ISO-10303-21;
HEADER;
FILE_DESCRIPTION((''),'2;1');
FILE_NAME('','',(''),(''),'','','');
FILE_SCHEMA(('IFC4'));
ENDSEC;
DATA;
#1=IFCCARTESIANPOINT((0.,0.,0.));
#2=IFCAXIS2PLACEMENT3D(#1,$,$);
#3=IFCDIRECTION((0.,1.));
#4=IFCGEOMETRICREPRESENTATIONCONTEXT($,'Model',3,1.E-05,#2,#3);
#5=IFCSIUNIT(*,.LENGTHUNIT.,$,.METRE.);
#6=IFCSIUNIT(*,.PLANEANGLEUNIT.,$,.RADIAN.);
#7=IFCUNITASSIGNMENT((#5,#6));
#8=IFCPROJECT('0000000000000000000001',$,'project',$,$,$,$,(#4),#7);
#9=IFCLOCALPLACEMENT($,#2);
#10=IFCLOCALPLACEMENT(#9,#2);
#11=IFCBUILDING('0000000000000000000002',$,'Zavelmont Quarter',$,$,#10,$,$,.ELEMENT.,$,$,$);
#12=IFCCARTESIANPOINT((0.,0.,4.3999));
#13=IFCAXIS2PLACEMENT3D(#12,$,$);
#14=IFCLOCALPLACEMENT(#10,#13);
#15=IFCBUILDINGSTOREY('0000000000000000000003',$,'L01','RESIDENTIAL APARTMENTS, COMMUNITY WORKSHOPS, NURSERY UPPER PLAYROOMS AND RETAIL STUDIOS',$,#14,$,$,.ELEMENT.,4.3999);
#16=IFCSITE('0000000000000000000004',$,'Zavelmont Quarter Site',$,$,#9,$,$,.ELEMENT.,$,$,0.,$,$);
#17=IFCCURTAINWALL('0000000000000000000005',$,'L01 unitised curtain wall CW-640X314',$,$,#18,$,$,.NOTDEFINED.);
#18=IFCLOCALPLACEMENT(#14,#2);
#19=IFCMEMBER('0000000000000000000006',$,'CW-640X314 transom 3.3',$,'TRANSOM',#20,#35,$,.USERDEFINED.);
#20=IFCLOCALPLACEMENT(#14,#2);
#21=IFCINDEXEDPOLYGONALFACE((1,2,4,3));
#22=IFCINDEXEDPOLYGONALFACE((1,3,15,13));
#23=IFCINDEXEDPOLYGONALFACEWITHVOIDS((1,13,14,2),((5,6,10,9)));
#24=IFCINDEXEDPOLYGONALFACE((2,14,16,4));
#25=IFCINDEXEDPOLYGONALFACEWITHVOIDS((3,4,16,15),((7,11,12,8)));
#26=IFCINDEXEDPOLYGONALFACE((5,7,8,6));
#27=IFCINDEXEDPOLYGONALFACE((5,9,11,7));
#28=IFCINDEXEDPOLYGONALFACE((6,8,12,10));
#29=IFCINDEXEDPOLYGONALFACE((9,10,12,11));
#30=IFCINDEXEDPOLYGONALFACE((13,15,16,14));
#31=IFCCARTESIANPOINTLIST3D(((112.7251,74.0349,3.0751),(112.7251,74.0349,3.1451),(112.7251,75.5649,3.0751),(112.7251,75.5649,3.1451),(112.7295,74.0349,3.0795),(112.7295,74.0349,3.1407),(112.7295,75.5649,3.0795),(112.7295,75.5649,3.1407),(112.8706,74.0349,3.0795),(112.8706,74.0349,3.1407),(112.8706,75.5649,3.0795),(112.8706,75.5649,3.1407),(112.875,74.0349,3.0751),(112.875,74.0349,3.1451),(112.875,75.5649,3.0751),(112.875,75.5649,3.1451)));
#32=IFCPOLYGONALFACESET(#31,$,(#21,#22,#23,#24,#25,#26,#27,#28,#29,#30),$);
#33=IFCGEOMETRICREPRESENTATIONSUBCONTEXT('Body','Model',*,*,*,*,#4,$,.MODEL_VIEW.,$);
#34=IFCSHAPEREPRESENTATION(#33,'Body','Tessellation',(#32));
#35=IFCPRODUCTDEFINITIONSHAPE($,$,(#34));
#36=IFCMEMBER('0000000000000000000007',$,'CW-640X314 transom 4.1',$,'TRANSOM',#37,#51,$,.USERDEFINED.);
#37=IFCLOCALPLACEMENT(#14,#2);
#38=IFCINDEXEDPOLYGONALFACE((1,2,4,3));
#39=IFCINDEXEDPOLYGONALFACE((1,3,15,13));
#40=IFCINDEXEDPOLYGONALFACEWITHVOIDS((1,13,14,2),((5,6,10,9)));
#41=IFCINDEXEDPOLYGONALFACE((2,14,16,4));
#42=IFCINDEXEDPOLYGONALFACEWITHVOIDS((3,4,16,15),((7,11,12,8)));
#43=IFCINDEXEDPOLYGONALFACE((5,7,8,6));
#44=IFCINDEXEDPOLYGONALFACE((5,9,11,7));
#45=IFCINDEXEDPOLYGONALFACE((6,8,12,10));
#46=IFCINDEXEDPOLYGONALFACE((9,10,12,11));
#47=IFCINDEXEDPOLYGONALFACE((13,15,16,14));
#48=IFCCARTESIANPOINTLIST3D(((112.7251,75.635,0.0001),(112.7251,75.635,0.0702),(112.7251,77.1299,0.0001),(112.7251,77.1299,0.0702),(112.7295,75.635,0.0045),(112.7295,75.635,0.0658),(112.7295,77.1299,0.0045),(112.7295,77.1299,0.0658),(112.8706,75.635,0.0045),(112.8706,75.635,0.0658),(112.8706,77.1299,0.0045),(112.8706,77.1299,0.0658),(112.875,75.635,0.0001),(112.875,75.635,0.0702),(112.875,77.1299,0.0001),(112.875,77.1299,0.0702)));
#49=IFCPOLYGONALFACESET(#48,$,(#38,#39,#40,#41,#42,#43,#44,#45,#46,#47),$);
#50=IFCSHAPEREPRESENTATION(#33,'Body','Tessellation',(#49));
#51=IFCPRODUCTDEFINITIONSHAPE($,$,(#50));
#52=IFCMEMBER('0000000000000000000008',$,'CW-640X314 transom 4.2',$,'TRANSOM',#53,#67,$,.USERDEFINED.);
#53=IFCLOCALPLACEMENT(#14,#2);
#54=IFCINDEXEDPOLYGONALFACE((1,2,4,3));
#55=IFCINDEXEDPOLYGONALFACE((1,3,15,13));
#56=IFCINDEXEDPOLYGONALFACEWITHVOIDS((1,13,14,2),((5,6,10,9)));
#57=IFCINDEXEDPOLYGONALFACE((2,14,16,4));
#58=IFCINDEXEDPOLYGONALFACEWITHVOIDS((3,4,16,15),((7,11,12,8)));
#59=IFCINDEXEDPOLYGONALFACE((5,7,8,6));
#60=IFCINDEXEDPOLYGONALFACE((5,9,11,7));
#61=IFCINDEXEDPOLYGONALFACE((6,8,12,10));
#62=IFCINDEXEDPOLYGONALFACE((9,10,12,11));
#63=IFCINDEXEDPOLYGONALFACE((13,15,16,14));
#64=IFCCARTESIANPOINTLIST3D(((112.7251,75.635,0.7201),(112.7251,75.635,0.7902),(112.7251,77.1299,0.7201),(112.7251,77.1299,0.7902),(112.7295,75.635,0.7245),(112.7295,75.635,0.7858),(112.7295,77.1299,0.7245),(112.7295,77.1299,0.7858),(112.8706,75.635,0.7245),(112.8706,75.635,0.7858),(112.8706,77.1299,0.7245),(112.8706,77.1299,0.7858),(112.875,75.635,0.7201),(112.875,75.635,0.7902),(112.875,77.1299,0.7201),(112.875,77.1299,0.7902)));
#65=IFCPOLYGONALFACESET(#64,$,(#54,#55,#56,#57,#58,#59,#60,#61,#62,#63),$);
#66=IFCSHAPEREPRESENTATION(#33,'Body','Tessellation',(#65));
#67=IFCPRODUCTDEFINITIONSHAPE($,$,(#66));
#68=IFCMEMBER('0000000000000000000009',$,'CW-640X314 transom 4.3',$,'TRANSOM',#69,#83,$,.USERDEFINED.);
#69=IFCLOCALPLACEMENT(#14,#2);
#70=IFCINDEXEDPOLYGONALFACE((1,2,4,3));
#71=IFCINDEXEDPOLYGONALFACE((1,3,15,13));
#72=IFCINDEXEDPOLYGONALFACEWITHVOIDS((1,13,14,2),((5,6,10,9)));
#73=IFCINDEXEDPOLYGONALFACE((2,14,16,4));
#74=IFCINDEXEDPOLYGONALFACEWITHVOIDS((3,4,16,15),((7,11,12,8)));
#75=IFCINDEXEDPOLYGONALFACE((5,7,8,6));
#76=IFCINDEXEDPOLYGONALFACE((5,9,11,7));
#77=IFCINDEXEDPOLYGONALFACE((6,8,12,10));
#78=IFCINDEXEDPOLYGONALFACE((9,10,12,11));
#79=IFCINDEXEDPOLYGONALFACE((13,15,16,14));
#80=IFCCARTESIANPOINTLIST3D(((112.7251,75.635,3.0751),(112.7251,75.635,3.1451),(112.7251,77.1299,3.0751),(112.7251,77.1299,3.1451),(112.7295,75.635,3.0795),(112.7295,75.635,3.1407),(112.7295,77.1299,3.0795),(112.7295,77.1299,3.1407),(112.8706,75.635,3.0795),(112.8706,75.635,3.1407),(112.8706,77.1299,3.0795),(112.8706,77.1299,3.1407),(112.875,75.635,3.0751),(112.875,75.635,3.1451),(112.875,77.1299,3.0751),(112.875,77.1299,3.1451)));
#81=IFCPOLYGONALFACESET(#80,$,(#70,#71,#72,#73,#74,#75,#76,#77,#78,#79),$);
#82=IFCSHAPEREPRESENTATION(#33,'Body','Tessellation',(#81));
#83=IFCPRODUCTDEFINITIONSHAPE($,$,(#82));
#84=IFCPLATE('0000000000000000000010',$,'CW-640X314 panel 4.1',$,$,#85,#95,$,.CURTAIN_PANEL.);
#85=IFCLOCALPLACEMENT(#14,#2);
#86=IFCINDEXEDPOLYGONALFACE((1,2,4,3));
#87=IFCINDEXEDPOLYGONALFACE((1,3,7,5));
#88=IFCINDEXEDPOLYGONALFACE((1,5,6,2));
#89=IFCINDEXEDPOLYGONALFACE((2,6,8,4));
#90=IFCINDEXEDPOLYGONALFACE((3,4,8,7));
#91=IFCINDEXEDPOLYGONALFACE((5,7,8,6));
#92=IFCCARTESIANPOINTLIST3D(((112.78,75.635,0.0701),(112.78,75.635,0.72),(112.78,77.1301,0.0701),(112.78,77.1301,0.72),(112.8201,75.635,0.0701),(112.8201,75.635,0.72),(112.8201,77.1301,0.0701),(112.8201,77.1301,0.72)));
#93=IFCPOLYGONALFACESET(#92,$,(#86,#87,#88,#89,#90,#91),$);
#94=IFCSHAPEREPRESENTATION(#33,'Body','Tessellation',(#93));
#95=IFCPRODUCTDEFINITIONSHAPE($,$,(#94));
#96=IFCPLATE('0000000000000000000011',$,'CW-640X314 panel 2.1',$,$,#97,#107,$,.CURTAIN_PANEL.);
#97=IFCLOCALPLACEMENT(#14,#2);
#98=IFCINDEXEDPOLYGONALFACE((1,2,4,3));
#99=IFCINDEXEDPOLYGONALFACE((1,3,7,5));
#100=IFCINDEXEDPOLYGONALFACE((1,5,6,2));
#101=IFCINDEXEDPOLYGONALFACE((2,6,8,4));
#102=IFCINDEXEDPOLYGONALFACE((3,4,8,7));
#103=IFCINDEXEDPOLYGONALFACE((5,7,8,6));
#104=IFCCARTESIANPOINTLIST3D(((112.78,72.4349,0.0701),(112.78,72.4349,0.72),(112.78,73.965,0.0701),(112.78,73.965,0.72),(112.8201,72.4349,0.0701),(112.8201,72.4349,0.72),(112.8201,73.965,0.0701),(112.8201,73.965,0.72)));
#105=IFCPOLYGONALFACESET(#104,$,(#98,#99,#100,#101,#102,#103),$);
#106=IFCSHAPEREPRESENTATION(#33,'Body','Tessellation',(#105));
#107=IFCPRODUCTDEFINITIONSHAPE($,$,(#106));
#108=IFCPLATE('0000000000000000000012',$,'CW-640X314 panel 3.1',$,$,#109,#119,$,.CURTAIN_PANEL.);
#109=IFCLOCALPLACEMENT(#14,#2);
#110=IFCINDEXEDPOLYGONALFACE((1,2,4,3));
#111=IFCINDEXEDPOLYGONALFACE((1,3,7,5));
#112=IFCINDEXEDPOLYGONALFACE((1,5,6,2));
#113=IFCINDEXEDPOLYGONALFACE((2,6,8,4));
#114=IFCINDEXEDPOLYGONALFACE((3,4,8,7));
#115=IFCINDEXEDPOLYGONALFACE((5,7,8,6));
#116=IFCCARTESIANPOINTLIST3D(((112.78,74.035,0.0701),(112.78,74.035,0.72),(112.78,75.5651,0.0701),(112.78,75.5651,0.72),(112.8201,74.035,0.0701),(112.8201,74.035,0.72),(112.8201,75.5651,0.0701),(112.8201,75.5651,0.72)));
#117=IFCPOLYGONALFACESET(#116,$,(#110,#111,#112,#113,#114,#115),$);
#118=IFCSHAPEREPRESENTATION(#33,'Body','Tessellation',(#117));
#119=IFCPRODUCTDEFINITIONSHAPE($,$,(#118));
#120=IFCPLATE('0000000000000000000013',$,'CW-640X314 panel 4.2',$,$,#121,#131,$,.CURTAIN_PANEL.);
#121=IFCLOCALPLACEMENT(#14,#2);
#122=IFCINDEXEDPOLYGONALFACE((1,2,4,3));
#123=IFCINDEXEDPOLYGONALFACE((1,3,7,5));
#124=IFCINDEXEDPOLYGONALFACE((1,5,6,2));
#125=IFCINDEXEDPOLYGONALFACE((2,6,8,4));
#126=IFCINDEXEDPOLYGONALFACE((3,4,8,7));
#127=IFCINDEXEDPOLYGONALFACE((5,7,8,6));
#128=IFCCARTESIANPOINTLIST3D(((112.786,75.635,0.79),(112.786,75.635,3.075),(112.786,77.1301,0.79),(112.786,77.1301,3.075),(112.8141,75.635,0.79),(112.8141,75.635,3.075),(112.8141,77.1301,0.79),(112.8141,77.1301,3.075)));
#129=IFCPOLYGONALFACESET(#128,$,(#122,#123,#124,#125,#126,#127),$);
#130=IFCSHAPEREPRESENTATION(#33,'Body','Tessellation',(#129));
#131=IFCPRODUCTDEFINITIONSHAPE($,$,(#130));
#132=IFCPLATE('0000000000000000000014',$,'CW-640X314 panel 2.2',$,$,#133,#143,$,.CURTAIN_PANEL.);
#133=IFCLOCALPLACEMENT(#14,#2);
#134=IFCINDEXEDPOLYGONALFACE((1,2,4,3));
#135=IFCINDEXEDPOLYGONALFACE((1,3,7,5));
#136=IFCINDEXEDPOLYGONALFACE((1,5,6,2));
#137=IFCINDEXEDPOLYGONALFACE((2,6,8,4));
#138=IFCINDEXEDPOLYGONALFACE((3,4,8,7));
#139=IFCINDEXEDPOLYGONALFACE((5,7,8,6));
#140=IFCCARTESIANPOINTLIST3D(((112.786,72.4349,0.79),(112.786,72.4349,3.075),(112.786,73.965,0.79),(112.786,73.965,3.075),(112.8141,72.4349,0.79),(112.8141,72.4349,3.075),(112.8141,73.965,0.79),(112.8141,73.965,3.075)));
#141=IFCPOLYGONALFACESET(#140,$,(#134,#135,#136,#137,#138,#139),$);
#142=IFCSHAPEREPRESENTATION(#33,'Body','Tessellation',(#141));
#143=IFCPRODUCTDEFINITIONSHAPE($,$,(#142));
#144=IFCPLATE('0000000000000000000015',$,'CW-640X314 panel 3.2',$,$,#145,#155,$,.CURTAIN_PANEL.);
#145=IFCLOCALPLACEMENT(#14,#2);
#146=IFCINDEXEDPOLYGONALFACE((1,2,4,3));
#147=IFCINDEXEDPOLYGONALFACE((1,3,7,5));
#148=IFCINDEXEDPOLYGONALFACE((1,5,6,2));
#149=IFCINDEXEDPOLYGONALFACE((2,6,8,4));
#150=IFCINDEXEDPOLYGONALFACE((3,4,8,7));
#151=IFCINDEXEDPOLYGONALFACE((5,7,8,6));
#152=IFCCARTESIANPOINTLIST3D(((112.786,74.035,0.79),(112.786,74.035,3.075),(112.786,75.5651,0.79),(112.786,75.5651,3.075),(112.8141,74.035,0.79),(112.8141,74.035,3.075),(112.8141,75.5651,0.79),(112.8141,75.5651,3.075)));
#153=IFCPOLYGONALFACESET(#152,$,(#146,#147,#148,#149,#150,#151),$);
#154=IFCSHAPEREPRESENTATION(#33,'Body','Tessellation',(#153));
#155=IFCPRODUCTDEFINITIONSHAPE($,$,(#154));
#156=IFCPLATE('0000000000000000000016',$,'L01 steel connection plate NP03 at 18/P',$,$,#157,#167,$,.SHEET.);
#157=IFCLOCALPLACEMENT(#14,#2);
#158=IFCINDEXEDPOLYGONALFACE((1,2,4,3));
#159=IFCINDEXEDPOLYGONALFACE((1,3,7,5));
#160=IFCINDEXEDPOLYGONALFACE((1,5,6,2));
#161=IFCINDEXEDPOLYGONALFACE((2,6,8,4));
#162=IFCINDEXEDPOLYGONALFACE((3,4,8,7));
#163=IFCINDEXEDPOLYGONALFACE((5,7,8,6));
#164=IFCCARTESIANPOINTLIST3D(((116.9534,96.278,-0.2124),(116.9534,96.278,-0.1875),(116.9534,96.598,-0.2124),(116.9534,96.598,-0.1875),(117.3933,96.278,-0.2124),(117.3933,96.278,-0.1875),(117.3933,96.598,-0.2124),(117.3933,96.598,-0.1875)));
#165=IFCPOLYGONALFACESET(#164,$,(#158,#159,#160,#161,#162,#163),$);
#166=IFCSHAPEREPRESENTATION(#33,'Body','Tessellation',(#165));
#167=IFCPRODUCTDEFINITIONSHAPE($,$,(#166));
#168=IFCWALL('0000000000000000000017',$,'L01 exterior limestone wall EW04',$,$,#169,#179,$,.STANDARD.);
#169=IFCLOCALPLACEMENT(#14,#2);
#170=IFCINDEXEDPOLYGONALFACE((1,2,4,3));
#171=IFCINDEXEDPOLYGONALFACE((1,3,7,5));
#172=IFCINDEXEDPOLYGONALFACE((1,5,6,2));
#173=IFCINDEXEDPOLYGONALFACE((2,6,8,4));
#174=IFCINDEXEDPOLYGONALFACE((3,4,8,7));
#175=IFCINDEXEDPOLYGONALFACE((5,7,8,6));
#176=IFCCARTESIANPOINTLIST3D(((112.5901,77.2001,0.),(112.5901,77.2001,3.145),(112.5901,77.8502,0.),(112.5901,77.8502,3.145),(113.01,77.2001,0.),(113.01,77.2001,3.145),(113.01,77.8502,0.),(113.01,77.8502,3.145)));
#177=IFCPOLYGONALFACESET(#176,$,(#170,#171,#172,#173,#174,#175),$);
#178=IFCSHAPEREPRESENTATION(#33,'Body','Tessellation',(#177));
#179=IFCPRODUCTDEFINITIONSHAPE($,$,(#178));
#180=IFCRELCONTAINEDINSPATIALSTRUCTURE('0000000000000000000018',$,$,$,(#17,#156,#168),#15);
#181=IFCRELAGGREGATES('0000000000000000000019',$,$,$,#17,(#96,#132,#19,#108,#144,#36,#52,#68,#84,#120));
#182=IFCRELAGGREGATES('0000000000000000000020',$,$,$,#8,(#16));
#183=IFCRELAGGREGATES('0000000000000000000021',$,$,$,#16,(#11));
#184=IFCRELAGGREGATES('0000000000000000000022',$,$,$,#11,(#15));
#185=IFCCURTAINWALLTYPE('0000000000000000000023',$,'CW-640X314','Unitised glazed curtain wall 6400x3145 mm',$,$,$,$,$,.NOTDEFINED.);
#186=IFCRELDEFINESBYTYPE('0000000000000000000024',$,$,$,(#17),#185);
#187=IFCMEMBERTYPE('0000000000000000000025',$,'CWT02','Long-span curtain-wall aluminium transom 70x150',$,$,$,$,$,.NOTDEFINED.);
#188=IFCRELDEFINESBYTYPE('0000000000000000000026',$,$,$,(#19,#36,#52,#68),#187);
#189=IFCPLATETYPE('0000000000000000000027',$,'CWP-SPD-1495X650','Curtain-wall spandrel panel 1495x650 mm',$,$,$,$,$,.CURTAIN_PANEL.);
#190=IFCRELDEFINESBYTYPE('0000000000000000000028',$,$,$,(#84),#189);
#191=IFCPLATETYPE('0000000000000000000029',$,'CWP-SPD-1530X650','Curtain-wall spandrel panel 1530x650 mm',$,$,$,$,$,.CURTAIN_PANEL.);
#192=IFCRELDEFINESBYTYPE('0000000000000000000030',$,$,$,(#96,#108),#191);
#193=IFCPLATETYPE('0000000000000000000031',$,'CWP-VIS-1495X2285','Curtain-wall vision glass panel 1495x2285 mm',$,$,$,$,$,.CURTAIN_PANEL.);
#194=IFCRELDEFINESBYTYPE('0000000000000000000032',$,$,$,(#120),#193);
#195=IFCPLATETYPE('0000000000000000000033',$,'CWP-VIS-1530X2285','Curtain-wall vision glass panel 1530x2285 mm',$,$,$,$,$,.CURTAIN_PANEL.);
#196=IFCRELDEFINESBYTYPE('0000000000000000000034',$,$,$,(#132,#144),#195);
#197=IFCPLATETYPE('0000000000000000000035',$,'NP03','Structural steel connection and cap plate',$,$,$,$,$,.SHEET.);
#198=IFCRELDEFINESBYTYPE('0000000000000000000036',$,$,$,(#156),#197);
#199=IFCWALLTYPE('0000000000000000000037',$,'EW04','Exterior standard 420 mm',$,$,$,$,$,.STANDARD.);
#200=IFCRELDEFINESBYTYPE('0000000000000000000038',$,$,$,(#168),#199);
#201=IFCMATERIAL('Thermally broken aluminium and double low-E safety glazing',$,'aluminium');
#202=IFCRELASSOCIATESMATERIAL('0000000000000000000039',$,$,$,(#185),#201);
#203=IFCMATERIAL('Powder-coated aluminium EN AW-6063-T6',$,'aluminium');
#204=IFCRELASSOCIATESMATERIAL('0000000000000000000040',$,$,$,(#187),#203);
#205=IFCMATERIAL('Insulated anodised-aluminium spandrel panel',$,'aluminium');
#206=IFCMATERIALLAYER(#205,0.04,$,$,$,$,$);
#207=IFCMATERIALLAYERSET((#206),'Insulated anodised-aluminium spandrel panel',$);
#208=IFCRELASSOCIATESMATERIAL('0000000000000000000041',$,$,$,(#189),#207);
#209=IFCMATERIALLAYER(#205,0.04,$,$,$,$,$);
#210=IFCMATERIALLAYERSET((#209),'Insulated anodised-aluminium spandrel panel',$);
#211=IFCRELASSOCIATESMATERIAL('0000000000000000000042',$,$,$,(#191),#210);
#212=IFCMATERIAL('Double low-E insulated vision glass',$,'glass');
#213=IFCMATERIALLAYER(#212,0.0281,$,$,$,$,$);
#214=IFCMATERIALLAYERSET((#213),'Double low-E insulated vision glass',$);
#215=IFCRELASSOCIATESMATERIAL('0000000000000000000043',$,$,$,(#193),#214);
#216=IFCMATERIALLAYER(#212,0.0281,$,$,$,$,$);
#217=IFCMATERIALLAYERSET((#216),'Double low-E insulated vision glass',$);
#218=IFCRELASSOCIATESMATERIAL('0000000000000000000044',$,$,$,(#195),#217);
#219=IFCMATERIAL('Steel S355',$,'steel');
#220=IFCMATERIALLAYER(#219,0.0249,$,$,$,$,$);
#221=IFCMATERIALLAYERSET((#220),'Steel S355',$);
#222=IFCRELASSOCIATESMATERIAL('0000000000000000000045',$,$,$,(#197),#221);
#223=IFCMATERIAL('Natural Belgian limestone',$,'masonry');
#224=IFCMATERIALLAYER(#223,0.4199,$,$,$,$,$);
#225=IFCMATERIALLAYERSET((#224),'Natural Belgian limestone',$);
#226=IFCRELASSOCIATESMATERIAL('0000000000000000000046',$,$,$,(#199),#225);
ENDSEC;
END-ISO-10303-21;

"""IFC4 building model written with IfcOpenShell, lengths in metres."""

from ifc_helpers import new_model, si_unit, direction, frame, frame_2d, origin, origin_2d, place, context, subcontext, project, spatial, rectangle, hollow_rectangle, extrude, material, layer, layer_set, material_profile, profile_set, type_object, element, aggregate, save


model = new_model("IFC4")

# Units and contexts
model_context = context("Model", 3, precision=1e-05, world=origin(), true_north=direction((0.0, 1.0)))
body_context = subcontext(model_context, "Body", "Model", "MODEL_VIEW")
ifc_project = project(units=[si_unit("LENGTHUNIT", "METRE"), si_unit("PLANEANGLEUNIT", "RADIAN")], contexts=[model_context])

# Site, building, storey
site_placement = place(None, origin())
site = spatial("IfcSite", under=ifc_project, at=site_placement, Name="Zavelmont Quarter Site", CompositionType="ELEMENT", RefElevation=0.0)
building_placement = place(site_placement, origin())
building = spatial("IfcBuilding", under=site, at=building_placement, Name="Zavelmont Quarter", CompositionType="ELEMENT")
storey_placement = place(building_placement, frame((0.0, 0.0, 4.3999)))
storey = spatial("IfcBuildingStorey", under=building, at=storey_placement, Name="L01", Description="RESIDENTIAL APARTMENTS, COMMUNITY WORKSHOPS, NURSERY UPPER PLAYROOMS AND RETAIL STUDIOS", CompositionType="ELEMENT", Elevation=4.3999)

# Curtain wall, members, plates
ifc_material_1 = material(Name="Thermally broken aluminium and double low-E safety glazing", Category="aluminium")
curtain_wall_type = type_object("IfcCurtainWallType", Name="CW-640X314", Description="Unitised glazed curtain wall 6400x3145 mm", PredefinedType="NOTDEFINED", material=ifc_material_1)
curtain_wall_placement = place(storey_placement, origin())
curtain_wall = element("IfcCurtainWall", 1, at=curtain_wall_placement, inside=storey, type_object=curtain_wall_type, Name="L01 unitised curtain wall CW-640X314", PredefinedType="NOTDEFINED")
ifc_material_2 = material(Name="Powder-coated aluminium EN AW-6063-T6", Category="aluminium")
ifc_material_profile_1 = material_profile(ifc_material_2, hollow_rectangle(XDim=0.1499, YDim=0.0701, WallThickness=0.0044, at=origin_2d()), Name="CWT70X150")
ifc_profile_set_1 = profile_set([ifc_material_profile_1], Name="Powder-coated aluminium EN AW-6063-T6")
member_type_1 = type_object("IfcMemberType", Name="CWT02", Description="Long-span curtain-wall aluminium transom 70x150", PredefinedType="NOTDEFINED", material=ifc_profile_set_1)
member_1_placement = place(storey_placement, frame((112.8, 74.0349, 3.1101), z_axis=(0.0, 1.0, 0.0), x_axis=(-1.0, 0.0, 0.0)))
member_1 = element("IfcMember", 2, at=member_1_placement, type_object=member_type_1, Name="CW-640X314 transom 3.3", ObjectType="TRANSOM", PredefinedType="USERDEFINED", context=body_context, shape_type="SweptSolid", body=[
    extrude(hollow_rectangle(XDim=0.1499, YDim=0.0701, WallThickness=0.0044, at=origin_2d()), origin(), (0.0, 0.0, 1.0), 1.53),
])
member_2_placement = place(storey_placement, frame((112.8, 75.635, 0.0352), z_axis=(0.0, 1.0, 0.0), x_axis=(-1.0, 0.0, 0.0)))
member_2 = element("IfcMember", 3, at=member_2_placement, type_object=member_type_1, Name="CW-640X314 transom 4.1", ObjectType="TRANSOM", PredefinedType="USERDEFINED", context=body_context, shape_type="SweptSolid", body=[
    extrude(hollow_rectangle(XDim=0.1499, YDim=0.0701, WallThickness=0.0044, at=origin_2d()), origin(), (0.0, 0.0, 1.0), 1.4949),
])
member_3_placement = place(storey_placement, frame((112.8, 75.635, 0.7551), z_axis=(0.0, 1.0, 0.0), x_axis=(-1.0, 0.0, 0.0)))
member_3 = element("IfcMember", 4, at=member_3_placement, type_object=member_type_1, Name="CW-640X314 transom 4.2", ObjectType="TRANSOM", PredefinedType="USERDEFINED", context=body_context, shape_type="SweptSolid", body=[
    extrude(hollow_rectangle(XDim=0.1499, YDim=0.0701, WallThickness=0.0044, at=origin_2d()), origin(), (0.0, 0.0, 1.0), 1.4949),
])
member_4_placement = place(storey_placement, frame((112.8, 75.635, 3.1101), z_axis=(0.0, 1.0, 0.0), x_axis=(-1.0, 0.0, 0.0)))
member_4 = element("IfcMember", 5, at=member_4_placement, type_object=member_type_1, Name="CW-640X314 transom 4.3", ObjectType="TRANSOM", PredefinedType="USERDEFINED", context=body_context, shape_type="SweptSolid", body=[
    extrude(hollow_rectangle(XDim=0.1499, YDim=0.0701, WallThickness=0.0044, at=origin_2d()), origin(), (0.0, 0.0, 1.0), 1.4949),
])
ifc_material_3 = material(Name="Insulated anodised-aluminium spandrel panel", Category="aluminium")
ifc_layer_1 = layer(ifc_material_3, 0.04)
ifc_layer_set_1 = layer_set([ifc_layer_1], Name="Insulated anodised-aluminium spandrel panel")
plate_type_1 = type_object("IfcPlateType", Name="CWP-SPD-1495X650", Description="Curtain-wall spandrel panel 1495x650 mm", PredefinedType="CURTAIN_PANEL", material=ifc_layer_set_1)
plate_1_placement = place(storey_placement, frame((112.8, 76.3826, 0.0701), z_axis=(0.0, 0.0, 1.0), x_axis=(0.0, 1.0, 0.0)))
plate_1 = element("IfcPlate", 6, at=plate_1_placement, type_object=plate_type_1, Name="CW-640X314 panel 4.1", PredefinedType="CURTAIN_PANEL", context=body_context, shape_type="SweptSolid", body=[
    extrude(rectangle(XDim=1.4951, YDim=0.04, at=origin_2d()), origin(), (0.0, 0.0, 1.0), 0.6499),
])
ifc_layer_2 = layer(ifc_material_3, 0.04)
ifc_layer_set_2 = layer_set([ifc_layer_2], Name="Insulated anodised-aluminium spandrel panel")
plate_type_2 = type_object("IfcPlateType", Name="CWP-SPD-1530X650", Description="Curtain-wall spandrel panel 1530x650 mm", PredefinedType="CURTAIN_PANEL", material=ifc_layer_set_2)
plate_2_placement = place(storey_placement, frame((112.8, 73.2, 0.0701), z_axis=(0.0, 0.0, 1.0), x_axis=(0.0, 1.0, 0.0)))
plate_2 = element("IfcPlate", 7, at=plate_2_placement, type_object=plate_type_2, Name="CW-640X314 panel 2.1", PredefinedType="CURTAIN_PANEL", context=body_context, shape_type="SweptSolid", body=[
    extrude(rectangle(XDim=1.53, YDim=0.04, at=origin_2d()), origin(), (0.0, 0.0, 1.0), 0.6499),
])
plate_3_placement = place(storey_placement, frame((112.8, 74.8, 0.0701), z_axis=(0.0, 0.0, 1.0), x_axis=(0.0, 1.0, 0.0)))
plate_3 = element("IfcPlate", 8, at=plate_3_placement, type_object=plate_type_2, Name="CW-640X314 panel 3.1", PredefinedType="CURTAIN_PANEL", context=body_context, shape_type="SweptSolid", body=[
    extrude(rectangle(XDim=1.53, YDim=0.04, at=origin_2d()), origin(), (0.0, 0.0, 1.0), 0.6499),
])
ifc_material_4 = material(Name="Double low-E insulated vision glass", Category="glass")
ifc_layer_3 = layer(ifc_material_4, 0.0281)
ifc_layer_set_3 = layer_set([ifc_layer_3], Name="Double low-E insulated vision glass")
plate_type_3 = type_object("IfcPlateType", Name="CWP-VIS-1495X2285", Description="Curtain-wall vision glass panel 1495x2285 mm", PredefinedType="CURTAIN_PANEL", material=ifc_layer_set_3)
plate_4_placement = place(storey_placement, frame((112.8, 76.3826, 0.79), z_axis=(0.0, 0.0, 1.0), x_axis=(0.0, 1.0, 0.0)))
plate_4 = element("IfcPlate", 9, at=plate_4_placement, type_object=plate_type_3, Name="CW-640X314 panel 4.2", PredefinedType="CURTAIN_PANEL", context=body_context, shape_type="SweptSolid", body=[
    extrude(rectangle(XDim=1.4951, YDim=0.0281, at=origin_2d()), origin(), (0.0, 0.0, 1.0), 2.2849),
])
ifc_layer_4 = layer(ifc_material_4, 0.0281)
ifc_layer_set_4 = layer_set([ifc_layer_4], Name="Double low-E insulated vision glass")
plate_type_4 = type_object("IfcPlateType", Name="CWP-VIS-1530X2285", Description="Curtain-wall vision glass panel 1530x2285 mm", PredefinedType="CURTAIN_PANEL", material=ifc_layer_set_4)
plate_5_placement = place(storey_placement, frame((112.8, 73.2, 0.79), z_axis=(0.0, 0.0, 1.0), x_axis=(0.0, 1.0, 0.0)))
plate_5 = element("IfcPlate", 10, at=plate_5_placement, type_object=plate_type_4, Name="CW-640X314 panel 2.2", PredefinedType="CURTAIN_PANEL", context=body_context, shape_type="SweptSolid", body=[
    extrude(rectangle(XDim=1.53, YDim=0.0281, at=origin_2d()), origin(), (0.0, 0.0, 1.0), 2.2849),
])
plate_6_placement = place(storey_placement, frame((112.8, 74.8, 0.79), z_axis=(0.0, 0.0, 1.0), x_axis=(0.0, 1.0, 0.0)))
plate_6 = element("IfcPlate", 11, at=plate_6_placement, type_object=plate_type_4, Name="CW-640X314 panel 3.2", PredefinedType="CURTAIN_PANEL", context=body_context, shape_type="SweptSolid", body=[
    extrude(rectangle(XDim=1.53, YDim=0.0281, at=origin_2d()), origin(), (0.0, 0.0, 1.0), 2.2849),
])
aggregate(curtain_wall, [plate_2, plate_5, member_1, plate_3, plate_6, member_2, member_3, member_4, plate_1, plate_4])

# Plate
ifc_material_5 = material(Name="Steel S355", Category="steel")
ifc_layer_5 = layer(ifc_material_5, 0.0249)
ifc_layer_set_5 = layer_set([ifc_layer_5], Name="Steel S355")
plate_type_5 = type_object("IfcPlateType", Name="NP03", Description="Structural steel connection and cap plate", PredefinedType="SHEET", material=ifc_layer_set_5)
plate_7_placement = place(storey_placement, frame((117.1733, 96.438, -0.2124), z_axis=(0.0, 0.0, 1.0), x_axis=(1.0, 0.0, 0.0)))
element("IfcPlate", 12, at=plate_7_placement, inside=storey, type_object=plate_type_5, Name="L01 steel connection plate NP03 at 18/P", PredefinedType="SHEET", context=body_context, shape_type="SweptSolid", body=[
    extrude(rectangle(XDim=0.4399, YDim=0.3201, at=origin_2d()), origin(), (0.0, 0.0, 1.0), 0.0249),
])

# Wall
ifc_material_6 = material(Name="Natural Belgian limestone", Category="masonry")
ifc_layer_6 = layer(ifc_material_6, 0.4199)
ifc_layer_set_6 = layer_set([ifc_layer_6], Name="Natural Belgian limestone")
wall_type = type_object("IfcWallType", Name="EW04", Description="Exterior standard 420 mm", PredefinedType="STANDARD", material=ifc_layer_set_6)
wall_placement = place(storey_placement, frame((112.8, 77.2, 0.0), z_axis=(0.0, 0.0, 1.0), x_axis=(0.0, 1.0, 0.0)))
element("IfcWall", 13, at=wall_placement, inside=storey, type_object=wall_type, Name="L01 exterior limestone wall EW04", PredefinedType="STANDARD", context=body_context, shape_type="SweptSolid", body=[
    extrude(rectangle(XDim=0.6501, YDim=0.4199, at=frame_2d((0.3252, 0.0))), origin(), (0.0, 0.0, 1.0), 3.145),
])

save(model, "model.ifc")
